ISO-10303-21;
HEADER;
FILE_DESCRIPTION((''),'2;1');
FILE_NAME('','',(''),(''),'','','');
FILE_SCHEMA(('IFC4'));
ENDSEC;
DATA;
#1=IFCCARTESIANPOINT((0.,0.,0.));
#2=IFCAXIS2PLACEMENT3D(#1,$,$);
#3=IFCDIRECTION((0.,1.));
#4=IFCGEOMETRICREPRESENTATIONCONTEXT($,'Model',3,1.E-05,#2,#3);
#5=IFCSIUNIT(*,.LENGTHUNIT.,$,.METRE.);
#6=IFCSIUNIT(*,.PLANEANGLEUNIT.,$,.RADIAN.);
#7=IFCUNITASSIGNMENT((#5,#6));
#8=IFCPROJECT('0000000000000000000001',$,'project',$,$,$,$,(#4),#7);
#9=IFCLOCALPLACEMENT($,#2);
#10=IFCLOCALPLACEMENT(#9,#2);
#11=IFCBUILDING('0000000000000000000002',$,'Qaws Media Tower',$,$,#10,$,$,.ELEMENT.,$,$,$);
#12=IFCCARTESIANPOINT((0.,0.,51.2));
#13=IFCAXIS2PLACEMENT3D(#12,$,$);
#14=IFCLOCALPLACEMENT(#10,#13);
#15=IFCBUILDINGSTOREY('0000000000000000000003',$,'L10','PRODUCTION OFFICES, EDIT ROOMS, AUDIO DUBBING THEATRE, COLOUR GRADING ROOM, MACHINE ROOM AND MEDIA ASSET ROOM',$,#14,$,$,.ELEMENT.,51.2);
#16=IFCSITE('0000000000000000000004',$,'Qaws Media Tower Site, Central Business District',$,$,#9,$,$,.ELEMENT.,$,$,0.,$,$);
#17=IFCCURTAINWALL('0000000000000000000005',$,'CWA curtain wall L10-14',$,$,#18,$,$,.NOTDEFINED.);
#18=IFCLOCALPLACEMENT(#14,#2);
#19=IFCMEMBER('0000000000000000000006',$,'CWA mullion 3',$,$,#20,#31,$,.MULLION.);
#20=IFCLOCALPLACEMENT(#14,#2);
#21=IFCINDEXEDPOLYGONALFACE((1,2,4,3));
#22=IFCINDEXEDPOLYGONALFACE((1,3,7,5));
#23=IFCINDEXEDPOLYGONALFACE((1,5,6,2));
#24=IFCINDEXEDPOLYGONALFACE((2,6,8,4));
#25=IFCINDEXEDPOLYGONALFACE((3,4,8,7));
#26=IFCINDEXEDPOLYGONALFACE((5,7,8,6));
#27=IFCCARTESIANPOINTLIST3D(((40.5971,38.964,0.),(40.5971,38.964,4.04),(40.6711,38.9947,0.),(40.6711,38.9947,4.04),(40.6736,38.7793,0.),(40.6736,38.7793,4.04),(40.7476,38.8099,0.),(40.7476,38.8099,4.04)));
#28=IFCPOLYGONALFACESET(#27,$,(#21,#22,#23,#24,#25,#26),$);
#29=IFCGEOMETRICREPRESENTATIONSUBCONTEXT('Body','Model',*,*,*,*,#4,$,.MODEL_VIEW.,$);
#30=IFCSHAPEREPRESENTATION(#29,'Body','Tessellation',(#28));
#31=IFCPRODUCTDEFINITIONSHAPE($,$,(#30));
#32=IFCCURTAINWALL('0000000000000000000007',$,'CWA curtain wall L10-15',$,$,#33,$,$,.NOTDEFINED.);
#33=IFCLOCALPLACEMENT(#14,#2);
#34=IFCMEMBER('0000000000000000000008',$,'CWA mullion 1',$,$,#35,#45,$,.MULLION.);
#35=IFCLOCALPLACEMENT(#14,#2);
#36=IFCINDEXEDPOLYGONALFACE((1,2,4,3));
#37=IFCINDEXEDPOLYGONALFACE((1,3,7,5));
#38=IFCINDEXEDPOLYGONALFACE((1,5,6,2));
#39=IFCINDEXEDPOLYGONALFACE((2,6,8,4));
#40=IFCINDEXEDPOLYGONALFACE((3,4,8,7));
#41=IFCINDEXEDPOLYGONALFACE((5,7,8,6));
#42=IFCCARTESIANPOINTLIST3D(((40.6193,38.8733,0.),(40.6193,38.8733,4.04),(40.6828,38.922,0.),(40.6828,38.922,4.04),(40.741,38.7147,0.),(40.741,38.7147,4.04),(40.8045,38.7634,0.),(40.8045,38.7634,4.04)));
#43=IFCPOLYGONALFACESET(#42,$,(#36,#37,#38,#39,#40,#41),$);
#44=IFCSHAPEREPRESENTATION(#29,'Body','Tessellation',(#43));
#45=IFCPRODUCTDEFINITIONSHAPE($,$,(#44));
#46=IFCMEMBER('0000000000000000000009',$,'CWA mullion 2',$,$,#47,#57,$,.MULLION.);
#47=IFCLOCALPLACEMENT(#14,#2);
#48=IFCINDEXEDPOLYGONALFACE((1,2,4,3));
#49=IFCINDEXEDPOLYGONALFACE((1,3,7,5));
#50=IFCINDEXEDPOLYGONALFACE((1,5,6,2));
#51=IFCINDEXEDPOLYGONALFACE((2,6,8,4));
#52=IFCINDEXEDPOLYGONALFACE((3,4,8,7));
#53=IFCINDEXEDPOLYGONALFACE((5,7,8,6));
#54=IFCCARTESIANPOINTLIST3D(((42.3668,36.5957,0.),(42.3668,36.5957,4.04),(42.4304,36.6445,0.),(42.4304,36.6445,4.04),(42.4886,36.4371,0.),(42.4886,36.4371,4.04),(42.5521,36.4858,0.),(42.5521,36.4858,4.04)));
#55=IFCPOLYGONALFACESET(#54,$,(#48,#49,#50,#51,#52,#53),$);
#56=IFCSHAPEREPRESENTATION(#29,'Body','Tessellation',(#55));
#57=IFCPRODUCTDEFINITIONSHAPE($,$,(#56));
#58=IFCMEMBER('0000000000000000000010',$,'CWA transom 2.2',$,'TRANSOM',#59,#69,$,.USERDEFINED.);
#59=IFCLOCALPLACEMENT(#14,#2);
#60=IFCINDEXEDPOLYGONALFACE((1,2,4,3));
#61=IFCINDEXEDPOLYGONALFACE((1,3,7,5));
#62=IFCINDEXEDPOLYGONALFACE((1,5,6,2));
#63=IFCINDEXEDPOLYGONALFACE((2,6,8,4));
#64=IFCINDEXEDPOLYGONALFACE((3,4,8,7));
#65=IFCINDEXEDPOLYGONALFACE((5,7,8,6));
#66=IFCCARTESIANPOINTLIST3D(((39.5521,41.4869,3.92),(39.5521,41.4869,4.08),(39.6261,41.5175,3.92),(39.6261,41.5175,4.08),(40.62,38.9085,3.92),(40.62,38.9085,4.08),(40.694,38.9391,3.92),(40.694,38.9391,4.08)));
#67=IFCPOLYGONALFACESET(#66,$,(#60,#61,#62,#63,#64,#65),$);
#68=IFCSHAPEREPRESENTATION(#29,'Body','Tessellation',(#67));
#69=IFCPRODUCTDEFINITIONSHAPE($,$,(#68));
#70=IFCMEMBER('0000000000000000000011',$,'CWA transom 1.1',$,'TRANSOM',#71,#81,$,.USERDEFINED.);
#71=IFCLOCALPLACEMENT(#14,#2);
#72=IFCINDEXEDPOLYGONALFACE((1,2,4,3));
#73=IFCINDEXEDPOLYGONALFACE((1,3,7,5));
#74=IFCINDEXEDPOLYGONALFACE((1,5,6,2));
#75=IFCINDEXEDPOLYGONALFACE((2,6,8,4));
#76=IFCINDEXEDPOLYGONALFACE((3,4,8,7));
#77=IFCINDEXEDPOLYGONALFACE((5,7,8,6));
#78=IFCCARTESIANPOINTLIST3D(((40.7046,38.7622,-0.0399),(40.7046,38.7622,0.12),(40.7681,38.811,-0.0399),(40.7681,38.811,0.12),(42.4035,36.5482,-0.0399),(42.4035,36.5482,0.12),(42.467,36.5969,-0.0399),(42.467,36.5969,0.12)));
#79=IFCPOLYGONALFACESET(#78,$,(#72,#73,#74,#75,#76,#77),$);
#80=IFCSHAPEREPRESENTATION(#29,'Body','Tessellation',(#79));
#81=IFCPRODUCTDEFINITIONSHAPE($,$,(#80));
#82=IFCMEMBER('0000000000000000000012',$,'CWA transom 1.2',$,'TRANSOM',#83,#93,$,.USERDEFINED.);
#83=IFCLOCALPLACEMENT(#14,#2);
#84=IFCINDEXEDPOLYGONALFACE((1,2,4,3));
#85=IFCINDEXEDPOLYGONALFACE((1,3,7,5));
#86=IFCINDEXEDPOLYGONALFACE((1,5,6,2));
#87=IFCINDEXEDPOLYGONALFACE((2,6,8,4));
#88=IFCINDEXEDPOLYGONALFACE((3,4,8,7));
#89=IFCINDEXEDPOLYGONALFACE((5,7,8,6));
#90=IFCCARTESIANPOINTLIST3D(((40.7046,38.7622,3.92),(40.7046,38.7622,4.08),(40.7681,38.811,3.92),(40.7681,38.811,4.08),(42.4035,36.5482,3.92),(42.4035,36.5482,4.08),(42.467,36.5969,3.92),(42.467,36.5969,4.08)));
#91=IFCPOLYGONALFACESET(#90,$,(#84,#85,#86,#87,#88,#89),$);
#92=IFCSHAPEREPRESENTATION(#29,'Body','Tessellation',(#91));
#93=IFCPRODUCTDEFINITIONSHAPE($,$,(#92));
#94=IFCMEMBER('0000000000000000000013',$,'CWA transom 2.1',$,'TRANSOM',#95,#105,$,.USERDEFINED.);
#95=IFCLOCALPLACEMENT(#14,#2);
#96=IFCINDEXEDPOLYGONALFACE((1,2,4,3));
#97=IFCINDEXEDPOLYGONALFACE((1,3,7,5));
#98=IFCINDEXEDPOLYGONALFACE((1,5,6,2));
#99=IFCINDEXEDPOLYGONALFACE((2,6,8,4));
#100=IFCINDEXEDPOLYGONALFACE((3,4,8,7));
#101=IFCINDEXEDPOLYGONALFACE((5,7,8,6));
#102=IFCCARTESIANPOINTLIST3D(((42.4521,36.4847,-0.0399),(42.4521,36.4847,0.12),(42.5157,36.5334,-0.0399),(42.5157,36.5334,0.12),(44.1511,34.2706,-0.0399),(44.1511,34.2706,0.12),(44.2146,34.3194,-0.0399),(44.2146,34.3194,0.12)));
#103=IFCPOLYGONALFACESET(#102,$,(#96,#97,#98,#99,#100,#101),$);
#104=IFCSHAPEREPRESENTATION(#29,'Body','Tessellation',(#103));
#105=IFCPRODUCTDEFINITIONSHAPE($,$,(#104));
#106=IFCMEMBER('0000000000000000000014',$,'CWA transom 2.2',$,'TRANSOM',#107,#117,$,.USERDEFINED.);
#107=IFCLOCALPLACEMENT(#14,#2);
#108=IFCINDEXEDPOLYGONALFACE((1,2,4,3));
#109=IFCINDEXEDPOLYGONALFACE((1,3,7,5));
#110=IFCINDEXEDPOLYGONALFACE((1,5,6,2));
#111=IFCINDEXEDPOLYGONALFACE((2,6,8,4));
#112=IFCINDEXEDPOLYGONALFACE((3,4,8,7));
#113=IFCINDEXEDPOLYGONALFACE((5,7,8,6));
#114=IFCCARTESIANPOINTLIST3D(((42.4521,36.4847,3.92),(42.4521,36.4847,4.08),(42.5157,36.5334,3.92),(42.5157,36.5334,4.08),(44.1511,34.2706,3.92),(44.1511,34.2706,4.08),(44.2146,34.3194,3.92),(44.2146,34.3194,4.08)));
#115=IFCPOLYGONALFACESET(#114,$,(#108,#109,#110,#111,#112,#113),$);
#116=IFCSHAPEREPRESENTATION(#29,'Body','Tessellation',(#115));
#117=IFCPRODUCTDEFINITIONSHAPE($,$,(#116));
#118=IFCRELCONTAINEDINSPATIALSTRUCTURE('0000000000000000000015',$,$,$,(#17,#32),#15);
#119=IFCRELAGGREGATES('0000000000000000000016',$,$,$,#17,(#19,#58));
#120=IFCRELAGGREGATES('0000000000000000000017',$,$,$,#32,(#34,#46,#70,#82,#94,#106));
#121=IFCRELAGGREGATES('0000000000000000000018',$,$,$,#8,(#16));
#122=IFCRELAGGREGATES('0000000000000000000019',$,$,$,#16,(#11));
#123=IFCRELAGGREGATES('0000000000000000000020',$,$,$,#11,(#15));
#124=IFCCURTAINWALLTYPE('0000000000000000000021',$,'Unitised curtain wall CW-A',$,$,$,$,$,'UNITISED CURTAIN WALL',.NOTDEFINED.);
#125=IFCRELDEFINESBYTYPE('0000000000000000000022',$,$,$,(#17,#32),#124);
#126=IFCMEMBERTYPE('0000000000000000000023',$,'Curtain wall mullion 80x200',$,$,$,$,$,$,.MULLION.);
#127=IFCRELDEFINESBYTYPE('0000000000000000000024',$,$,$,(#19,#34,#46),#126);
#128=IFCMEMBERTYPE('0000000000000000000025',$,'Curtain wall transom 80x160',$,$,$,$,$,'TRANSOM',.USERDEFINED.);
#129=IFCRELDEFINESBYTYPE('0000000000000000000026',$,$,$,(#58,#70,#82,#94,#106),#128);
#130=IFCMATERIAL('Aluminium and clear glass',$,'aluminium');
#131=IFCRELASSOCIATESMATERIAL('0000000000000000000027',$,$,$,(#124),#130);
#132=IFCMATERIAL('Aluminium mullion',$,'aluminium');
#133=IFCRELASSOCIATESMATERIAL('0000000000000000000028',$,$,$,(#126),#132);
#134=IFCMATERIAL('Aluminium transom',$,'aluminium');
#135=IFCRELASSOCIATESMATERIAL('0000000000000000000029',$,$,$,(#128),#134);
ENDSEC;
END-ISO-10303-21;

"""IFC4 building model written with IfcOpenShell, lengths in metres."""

from ifc_helpers import new_model, si_unit, direction, frame, origin, origin_2d, place, context, subcontext, project, spatial, rectangle, extrude, material, material_profile, profile_set, type_object, element, aggregate, save


model = new_model("IFC4")

# Units and contexts
model_context = context("Model", 3, precision=1e-05, world=origin(), true_north=direction((0.0, 1.0)))
body_context = subcontext(model_context, "Body", "Model", "MODEL_VIEW")
ifc_project = project(units=[si_unit("LENGTHUNIT", "METRE"), si_unit("PLANEANGLEUNIT", "RADIAN")], contexts=[model_context])

# Site, building, storey
site_placement = place(None, origin())
site = spatial("IfcSite", under=ifc_project, at=site_placement, Name="Qaws Media Tower Site, Central Business District", CompositionType="ELEMENT", RefElevation=0.0)
building_placement = place(site_placement, origin())
building = spatial("IfcBuilding", under=site, at=building_placement, Name="Qaws Media Tower", CompositionType="ELEMENT")
storey_placement = place(building_placement, frame((0.0, 0.0, 51.2)))
storey = spatial("IfcBuildingStorey", under=building, at=storey_placement, Name="L10", Description="PRODUCTION OFFICES, EDIT ROOMS, AUDIO DUBBING THEATRE, COLOUR GRADING ROOM, MACHINE ROOM AND MEDIA ASSET ROOM", CompositionType="ELEMENT", Elevation=51.2)

# Curtain wall, member
ifc_material_1 = material(Name="Aluminium and clear glass", Category="aluminium")
curtain_wall_type = type_object("IfcCurtainWallType", Name="Unitised curtain wall CW-A", ElementType="UNITISED CURTAIN WALL", PredefinedType="NOTDEFINED", material=ifc_material_1)
curtain_wall_1_placement = place(storey_placement, origin())
curtain_wall_1 = element("IfcCurtainWall", 1, at=curtain_wall_1_placement, inside=storey, type_object=curtain_wall_type, Name="CWA curtain wall L10-14", PredefinedType="NOTDEFINED")
ifc_material_2 = material(Name="Aluminium mullion", Category="aluminium")
ifc_material_profile_1 = material_profile(ifc_material_2, rectangle(XDim=0.0801, YDim=0.2, at=origin_2d()), Name="80x200")
ifc_profile_set_1 = profile_set([ifc_material_profile_1], Name="Aluminium mullion")
member_type_1 = type_object("IfcMemberType", Name="Curtain wall mullion 80x200", PredefinedType="MULLION", material=ifc_profile_set_1)
member_1_placement = place(storey_placement, frame((40.6724, 38.887, 0.0), z_axis=(0.0, 0.0, 1.0), x_axis=(0.92388, 0.382683, 0.0)))
member_1 = element("IfcMember", 2, at=member_1_placement, type_object=member_type_1, Name="CWA mullion 3", PredefinedType="MULLION", context=body_context, shape_type="SweptSolid", body=[
    extrude(rectangle(XDim=0.0801, YDim=0.2, at=origin_2d()), origin(), (0.0, 0.0, 1.0), 4.04),
])

# Curtain wall, members
curtain_wall_2_placement = place(storey_placement, origin())
curtain_wall_2 = element("IfcCurtainWall", 3, at=curtain_wall_2_placement, inside=storey, type_object=curtain_wall_type, Name="CWA curtain wall L10-15", PredefinedType="NOTDEFINED")
member_2_placement = place(storey_placement, frame((40.7119, 38.8184, 0.0), z_axis=(0.0, 0.0, 1.0), x_axis=(0.793353, 0.608762, 0.0)))
member_2 = element("IfcMember", 4, at=member_2_placement, type_object=member_type_1, Name="CWA mullion 1", PredefinedType="MULLION", context=body_context, shape_type="SweptSolid", body=[
    extrude(rectangle(XDim=0.0801, YDim=0.2, at=origin_2d()), origin(), (0.0, 0.0, 1.0), 4.04),
])
member_3_placement = place(storey_placement, frame((42.4595, 36.5408, 0.0), z_axis=(0.0, 0.0, 1.0), x_axis=(0.793353, 0.608762, 0.0)))
member_3 = element("IfcMember", 5, at=member_3_placement, type_object=member_type_1, Name="CWA mullion 2", PredefinedType="MULLION", context=body_context, shape_type="SweptSolid", body=[
    extrude(rectangle(XDim=0.0801, YDim=0.2, at=origin_2d()), origin(), (0.0, 0.0, 1.0), 4.04),
])

# Members
ifc_material_3 = material(Name="Aluminium transom", Category="aluminium")
ifc_material_profile_2 = material_profile(ifc_material_3, rectangle(XDim=0.0801, YDim=0.1599, at=origin_2d()), Name="80x160")
ifc_profile_set_2 = profile_set([ifc_material_profile_2], Name="Aluminium transom")
member_type_2 = type_object("IfcMemberType", Name="Curtain wall transom 80x160", ElementType="TRANSOM", PredefinedType="USERDEFINED", material=ifc_profile_set_2)
member_4_placement = place(storey_placement, frame((39.5891, 41.5022, 4.0), z_axis=(0.382645, -0.923895, 0.0), x_axis=(0.923895, 0.382645, 0.0)))
member_4 = element("IfcMember", 6, at=member_4_placement, type_object=member_type_2, Name="CWA transom 2.2", ObjectType="TRANSOM", PredefinedType="USERDEFINED", context=body_context, shape_type="SweptSolid", body=[
    extrude(rectangle(XDim=0.0801, YDim=0.1599, at=origin_2d()), origin(), (0.0, 0.0, 1.0), 2.7908),
])
member_5_placement = place(storey_placement, frame((40.7363, 38.7866, 0.04), z_axis=(0.608768, -0.793349, 0.0), x_axis=(0.793349, 0.608768, 0.0)))
member_5 = element("IfcMember", 7, at=member_5_placement, type_object=member_type_2, Name="CWA transom 1.1", ObjectType="TRANSOM", PredefinedType="USERDEFINED", context=body_context, shape_type="SweptSolid", body=[
    extrude(rectangle(XDim=0.0801, YDim=0.1599, at=origin_2d()), origin(), (0.0, 0.0, 1.0), 2.7908),
])
member_6_placement = place(storey_placement, frame((40.7363, 38.7866, 4.0), z_axis=(0.608768, -0.793349, 0.0), x_axis=(0.793349, 0.608768, 0.0)))
member_6 = element("IfcMember", 8, at=member_6_placement, type_object=member_type_2, Name="CWA transom 1.2", ObjectType="TRANSOM", PredefinedType="USERDEFINED", context=body_context, shape_type="SweptSolid", body=[
    extrude(rectangle(XDim=0.0801, YDim=0.1599, at=origin_2d()), origin(), (0.0, 0.0, 1.0), 2.7908),
])
member_7_placement = place(storey_placement, frame((42.4839, 36.509, 0.04), z_axis=(0.608768, -0.793349, 0.0), x_axis=(0.793349, 0.608768, 0.0)))
member_7 = element("IfcMember", 9, at=member_7_placement, type_object=member_type_2, Name="CWA transom 2.1", ObjectType="TRANSOM", PredefinedType="USERDEFINED", context=body_context, shape_type="SweptSolid", body=[
    extrude(rectangle(XDim=0.0801, YDim=0.1599, at=origin_2d()), origin(), (0.0, 0.0, 1.0), 2.7908),
])
member_8_placement = place(storey_placement, frame((42.4839, 36.509, 4.0), z_axis=(0.608768, -0.793349, 0.0), x_axis=(0.793349, 0.608768, 0.0)))
member_8 = element("IfcMember", 10, at=member_8_placement, type_object=member_type_2, Name="CWA transom 2.2", ObjectType="TRANSOM", PredefinedType="USERDEFINED", context=body_context, shape_type="SweptSolid", body=[
    extrude(rectangle(XDim=0.0801, YDim=0.1599, at=origin_2d()), origin(), (0.0, 0.0, 1.0), 2.7908),
])

aggregate(curtain_wall_1, [member_1, member_4])
aggregate(curtain_wall_2, [member_2, member_3, member_5, member_6, member_7, member_8])

save(model, "model.ifc")
